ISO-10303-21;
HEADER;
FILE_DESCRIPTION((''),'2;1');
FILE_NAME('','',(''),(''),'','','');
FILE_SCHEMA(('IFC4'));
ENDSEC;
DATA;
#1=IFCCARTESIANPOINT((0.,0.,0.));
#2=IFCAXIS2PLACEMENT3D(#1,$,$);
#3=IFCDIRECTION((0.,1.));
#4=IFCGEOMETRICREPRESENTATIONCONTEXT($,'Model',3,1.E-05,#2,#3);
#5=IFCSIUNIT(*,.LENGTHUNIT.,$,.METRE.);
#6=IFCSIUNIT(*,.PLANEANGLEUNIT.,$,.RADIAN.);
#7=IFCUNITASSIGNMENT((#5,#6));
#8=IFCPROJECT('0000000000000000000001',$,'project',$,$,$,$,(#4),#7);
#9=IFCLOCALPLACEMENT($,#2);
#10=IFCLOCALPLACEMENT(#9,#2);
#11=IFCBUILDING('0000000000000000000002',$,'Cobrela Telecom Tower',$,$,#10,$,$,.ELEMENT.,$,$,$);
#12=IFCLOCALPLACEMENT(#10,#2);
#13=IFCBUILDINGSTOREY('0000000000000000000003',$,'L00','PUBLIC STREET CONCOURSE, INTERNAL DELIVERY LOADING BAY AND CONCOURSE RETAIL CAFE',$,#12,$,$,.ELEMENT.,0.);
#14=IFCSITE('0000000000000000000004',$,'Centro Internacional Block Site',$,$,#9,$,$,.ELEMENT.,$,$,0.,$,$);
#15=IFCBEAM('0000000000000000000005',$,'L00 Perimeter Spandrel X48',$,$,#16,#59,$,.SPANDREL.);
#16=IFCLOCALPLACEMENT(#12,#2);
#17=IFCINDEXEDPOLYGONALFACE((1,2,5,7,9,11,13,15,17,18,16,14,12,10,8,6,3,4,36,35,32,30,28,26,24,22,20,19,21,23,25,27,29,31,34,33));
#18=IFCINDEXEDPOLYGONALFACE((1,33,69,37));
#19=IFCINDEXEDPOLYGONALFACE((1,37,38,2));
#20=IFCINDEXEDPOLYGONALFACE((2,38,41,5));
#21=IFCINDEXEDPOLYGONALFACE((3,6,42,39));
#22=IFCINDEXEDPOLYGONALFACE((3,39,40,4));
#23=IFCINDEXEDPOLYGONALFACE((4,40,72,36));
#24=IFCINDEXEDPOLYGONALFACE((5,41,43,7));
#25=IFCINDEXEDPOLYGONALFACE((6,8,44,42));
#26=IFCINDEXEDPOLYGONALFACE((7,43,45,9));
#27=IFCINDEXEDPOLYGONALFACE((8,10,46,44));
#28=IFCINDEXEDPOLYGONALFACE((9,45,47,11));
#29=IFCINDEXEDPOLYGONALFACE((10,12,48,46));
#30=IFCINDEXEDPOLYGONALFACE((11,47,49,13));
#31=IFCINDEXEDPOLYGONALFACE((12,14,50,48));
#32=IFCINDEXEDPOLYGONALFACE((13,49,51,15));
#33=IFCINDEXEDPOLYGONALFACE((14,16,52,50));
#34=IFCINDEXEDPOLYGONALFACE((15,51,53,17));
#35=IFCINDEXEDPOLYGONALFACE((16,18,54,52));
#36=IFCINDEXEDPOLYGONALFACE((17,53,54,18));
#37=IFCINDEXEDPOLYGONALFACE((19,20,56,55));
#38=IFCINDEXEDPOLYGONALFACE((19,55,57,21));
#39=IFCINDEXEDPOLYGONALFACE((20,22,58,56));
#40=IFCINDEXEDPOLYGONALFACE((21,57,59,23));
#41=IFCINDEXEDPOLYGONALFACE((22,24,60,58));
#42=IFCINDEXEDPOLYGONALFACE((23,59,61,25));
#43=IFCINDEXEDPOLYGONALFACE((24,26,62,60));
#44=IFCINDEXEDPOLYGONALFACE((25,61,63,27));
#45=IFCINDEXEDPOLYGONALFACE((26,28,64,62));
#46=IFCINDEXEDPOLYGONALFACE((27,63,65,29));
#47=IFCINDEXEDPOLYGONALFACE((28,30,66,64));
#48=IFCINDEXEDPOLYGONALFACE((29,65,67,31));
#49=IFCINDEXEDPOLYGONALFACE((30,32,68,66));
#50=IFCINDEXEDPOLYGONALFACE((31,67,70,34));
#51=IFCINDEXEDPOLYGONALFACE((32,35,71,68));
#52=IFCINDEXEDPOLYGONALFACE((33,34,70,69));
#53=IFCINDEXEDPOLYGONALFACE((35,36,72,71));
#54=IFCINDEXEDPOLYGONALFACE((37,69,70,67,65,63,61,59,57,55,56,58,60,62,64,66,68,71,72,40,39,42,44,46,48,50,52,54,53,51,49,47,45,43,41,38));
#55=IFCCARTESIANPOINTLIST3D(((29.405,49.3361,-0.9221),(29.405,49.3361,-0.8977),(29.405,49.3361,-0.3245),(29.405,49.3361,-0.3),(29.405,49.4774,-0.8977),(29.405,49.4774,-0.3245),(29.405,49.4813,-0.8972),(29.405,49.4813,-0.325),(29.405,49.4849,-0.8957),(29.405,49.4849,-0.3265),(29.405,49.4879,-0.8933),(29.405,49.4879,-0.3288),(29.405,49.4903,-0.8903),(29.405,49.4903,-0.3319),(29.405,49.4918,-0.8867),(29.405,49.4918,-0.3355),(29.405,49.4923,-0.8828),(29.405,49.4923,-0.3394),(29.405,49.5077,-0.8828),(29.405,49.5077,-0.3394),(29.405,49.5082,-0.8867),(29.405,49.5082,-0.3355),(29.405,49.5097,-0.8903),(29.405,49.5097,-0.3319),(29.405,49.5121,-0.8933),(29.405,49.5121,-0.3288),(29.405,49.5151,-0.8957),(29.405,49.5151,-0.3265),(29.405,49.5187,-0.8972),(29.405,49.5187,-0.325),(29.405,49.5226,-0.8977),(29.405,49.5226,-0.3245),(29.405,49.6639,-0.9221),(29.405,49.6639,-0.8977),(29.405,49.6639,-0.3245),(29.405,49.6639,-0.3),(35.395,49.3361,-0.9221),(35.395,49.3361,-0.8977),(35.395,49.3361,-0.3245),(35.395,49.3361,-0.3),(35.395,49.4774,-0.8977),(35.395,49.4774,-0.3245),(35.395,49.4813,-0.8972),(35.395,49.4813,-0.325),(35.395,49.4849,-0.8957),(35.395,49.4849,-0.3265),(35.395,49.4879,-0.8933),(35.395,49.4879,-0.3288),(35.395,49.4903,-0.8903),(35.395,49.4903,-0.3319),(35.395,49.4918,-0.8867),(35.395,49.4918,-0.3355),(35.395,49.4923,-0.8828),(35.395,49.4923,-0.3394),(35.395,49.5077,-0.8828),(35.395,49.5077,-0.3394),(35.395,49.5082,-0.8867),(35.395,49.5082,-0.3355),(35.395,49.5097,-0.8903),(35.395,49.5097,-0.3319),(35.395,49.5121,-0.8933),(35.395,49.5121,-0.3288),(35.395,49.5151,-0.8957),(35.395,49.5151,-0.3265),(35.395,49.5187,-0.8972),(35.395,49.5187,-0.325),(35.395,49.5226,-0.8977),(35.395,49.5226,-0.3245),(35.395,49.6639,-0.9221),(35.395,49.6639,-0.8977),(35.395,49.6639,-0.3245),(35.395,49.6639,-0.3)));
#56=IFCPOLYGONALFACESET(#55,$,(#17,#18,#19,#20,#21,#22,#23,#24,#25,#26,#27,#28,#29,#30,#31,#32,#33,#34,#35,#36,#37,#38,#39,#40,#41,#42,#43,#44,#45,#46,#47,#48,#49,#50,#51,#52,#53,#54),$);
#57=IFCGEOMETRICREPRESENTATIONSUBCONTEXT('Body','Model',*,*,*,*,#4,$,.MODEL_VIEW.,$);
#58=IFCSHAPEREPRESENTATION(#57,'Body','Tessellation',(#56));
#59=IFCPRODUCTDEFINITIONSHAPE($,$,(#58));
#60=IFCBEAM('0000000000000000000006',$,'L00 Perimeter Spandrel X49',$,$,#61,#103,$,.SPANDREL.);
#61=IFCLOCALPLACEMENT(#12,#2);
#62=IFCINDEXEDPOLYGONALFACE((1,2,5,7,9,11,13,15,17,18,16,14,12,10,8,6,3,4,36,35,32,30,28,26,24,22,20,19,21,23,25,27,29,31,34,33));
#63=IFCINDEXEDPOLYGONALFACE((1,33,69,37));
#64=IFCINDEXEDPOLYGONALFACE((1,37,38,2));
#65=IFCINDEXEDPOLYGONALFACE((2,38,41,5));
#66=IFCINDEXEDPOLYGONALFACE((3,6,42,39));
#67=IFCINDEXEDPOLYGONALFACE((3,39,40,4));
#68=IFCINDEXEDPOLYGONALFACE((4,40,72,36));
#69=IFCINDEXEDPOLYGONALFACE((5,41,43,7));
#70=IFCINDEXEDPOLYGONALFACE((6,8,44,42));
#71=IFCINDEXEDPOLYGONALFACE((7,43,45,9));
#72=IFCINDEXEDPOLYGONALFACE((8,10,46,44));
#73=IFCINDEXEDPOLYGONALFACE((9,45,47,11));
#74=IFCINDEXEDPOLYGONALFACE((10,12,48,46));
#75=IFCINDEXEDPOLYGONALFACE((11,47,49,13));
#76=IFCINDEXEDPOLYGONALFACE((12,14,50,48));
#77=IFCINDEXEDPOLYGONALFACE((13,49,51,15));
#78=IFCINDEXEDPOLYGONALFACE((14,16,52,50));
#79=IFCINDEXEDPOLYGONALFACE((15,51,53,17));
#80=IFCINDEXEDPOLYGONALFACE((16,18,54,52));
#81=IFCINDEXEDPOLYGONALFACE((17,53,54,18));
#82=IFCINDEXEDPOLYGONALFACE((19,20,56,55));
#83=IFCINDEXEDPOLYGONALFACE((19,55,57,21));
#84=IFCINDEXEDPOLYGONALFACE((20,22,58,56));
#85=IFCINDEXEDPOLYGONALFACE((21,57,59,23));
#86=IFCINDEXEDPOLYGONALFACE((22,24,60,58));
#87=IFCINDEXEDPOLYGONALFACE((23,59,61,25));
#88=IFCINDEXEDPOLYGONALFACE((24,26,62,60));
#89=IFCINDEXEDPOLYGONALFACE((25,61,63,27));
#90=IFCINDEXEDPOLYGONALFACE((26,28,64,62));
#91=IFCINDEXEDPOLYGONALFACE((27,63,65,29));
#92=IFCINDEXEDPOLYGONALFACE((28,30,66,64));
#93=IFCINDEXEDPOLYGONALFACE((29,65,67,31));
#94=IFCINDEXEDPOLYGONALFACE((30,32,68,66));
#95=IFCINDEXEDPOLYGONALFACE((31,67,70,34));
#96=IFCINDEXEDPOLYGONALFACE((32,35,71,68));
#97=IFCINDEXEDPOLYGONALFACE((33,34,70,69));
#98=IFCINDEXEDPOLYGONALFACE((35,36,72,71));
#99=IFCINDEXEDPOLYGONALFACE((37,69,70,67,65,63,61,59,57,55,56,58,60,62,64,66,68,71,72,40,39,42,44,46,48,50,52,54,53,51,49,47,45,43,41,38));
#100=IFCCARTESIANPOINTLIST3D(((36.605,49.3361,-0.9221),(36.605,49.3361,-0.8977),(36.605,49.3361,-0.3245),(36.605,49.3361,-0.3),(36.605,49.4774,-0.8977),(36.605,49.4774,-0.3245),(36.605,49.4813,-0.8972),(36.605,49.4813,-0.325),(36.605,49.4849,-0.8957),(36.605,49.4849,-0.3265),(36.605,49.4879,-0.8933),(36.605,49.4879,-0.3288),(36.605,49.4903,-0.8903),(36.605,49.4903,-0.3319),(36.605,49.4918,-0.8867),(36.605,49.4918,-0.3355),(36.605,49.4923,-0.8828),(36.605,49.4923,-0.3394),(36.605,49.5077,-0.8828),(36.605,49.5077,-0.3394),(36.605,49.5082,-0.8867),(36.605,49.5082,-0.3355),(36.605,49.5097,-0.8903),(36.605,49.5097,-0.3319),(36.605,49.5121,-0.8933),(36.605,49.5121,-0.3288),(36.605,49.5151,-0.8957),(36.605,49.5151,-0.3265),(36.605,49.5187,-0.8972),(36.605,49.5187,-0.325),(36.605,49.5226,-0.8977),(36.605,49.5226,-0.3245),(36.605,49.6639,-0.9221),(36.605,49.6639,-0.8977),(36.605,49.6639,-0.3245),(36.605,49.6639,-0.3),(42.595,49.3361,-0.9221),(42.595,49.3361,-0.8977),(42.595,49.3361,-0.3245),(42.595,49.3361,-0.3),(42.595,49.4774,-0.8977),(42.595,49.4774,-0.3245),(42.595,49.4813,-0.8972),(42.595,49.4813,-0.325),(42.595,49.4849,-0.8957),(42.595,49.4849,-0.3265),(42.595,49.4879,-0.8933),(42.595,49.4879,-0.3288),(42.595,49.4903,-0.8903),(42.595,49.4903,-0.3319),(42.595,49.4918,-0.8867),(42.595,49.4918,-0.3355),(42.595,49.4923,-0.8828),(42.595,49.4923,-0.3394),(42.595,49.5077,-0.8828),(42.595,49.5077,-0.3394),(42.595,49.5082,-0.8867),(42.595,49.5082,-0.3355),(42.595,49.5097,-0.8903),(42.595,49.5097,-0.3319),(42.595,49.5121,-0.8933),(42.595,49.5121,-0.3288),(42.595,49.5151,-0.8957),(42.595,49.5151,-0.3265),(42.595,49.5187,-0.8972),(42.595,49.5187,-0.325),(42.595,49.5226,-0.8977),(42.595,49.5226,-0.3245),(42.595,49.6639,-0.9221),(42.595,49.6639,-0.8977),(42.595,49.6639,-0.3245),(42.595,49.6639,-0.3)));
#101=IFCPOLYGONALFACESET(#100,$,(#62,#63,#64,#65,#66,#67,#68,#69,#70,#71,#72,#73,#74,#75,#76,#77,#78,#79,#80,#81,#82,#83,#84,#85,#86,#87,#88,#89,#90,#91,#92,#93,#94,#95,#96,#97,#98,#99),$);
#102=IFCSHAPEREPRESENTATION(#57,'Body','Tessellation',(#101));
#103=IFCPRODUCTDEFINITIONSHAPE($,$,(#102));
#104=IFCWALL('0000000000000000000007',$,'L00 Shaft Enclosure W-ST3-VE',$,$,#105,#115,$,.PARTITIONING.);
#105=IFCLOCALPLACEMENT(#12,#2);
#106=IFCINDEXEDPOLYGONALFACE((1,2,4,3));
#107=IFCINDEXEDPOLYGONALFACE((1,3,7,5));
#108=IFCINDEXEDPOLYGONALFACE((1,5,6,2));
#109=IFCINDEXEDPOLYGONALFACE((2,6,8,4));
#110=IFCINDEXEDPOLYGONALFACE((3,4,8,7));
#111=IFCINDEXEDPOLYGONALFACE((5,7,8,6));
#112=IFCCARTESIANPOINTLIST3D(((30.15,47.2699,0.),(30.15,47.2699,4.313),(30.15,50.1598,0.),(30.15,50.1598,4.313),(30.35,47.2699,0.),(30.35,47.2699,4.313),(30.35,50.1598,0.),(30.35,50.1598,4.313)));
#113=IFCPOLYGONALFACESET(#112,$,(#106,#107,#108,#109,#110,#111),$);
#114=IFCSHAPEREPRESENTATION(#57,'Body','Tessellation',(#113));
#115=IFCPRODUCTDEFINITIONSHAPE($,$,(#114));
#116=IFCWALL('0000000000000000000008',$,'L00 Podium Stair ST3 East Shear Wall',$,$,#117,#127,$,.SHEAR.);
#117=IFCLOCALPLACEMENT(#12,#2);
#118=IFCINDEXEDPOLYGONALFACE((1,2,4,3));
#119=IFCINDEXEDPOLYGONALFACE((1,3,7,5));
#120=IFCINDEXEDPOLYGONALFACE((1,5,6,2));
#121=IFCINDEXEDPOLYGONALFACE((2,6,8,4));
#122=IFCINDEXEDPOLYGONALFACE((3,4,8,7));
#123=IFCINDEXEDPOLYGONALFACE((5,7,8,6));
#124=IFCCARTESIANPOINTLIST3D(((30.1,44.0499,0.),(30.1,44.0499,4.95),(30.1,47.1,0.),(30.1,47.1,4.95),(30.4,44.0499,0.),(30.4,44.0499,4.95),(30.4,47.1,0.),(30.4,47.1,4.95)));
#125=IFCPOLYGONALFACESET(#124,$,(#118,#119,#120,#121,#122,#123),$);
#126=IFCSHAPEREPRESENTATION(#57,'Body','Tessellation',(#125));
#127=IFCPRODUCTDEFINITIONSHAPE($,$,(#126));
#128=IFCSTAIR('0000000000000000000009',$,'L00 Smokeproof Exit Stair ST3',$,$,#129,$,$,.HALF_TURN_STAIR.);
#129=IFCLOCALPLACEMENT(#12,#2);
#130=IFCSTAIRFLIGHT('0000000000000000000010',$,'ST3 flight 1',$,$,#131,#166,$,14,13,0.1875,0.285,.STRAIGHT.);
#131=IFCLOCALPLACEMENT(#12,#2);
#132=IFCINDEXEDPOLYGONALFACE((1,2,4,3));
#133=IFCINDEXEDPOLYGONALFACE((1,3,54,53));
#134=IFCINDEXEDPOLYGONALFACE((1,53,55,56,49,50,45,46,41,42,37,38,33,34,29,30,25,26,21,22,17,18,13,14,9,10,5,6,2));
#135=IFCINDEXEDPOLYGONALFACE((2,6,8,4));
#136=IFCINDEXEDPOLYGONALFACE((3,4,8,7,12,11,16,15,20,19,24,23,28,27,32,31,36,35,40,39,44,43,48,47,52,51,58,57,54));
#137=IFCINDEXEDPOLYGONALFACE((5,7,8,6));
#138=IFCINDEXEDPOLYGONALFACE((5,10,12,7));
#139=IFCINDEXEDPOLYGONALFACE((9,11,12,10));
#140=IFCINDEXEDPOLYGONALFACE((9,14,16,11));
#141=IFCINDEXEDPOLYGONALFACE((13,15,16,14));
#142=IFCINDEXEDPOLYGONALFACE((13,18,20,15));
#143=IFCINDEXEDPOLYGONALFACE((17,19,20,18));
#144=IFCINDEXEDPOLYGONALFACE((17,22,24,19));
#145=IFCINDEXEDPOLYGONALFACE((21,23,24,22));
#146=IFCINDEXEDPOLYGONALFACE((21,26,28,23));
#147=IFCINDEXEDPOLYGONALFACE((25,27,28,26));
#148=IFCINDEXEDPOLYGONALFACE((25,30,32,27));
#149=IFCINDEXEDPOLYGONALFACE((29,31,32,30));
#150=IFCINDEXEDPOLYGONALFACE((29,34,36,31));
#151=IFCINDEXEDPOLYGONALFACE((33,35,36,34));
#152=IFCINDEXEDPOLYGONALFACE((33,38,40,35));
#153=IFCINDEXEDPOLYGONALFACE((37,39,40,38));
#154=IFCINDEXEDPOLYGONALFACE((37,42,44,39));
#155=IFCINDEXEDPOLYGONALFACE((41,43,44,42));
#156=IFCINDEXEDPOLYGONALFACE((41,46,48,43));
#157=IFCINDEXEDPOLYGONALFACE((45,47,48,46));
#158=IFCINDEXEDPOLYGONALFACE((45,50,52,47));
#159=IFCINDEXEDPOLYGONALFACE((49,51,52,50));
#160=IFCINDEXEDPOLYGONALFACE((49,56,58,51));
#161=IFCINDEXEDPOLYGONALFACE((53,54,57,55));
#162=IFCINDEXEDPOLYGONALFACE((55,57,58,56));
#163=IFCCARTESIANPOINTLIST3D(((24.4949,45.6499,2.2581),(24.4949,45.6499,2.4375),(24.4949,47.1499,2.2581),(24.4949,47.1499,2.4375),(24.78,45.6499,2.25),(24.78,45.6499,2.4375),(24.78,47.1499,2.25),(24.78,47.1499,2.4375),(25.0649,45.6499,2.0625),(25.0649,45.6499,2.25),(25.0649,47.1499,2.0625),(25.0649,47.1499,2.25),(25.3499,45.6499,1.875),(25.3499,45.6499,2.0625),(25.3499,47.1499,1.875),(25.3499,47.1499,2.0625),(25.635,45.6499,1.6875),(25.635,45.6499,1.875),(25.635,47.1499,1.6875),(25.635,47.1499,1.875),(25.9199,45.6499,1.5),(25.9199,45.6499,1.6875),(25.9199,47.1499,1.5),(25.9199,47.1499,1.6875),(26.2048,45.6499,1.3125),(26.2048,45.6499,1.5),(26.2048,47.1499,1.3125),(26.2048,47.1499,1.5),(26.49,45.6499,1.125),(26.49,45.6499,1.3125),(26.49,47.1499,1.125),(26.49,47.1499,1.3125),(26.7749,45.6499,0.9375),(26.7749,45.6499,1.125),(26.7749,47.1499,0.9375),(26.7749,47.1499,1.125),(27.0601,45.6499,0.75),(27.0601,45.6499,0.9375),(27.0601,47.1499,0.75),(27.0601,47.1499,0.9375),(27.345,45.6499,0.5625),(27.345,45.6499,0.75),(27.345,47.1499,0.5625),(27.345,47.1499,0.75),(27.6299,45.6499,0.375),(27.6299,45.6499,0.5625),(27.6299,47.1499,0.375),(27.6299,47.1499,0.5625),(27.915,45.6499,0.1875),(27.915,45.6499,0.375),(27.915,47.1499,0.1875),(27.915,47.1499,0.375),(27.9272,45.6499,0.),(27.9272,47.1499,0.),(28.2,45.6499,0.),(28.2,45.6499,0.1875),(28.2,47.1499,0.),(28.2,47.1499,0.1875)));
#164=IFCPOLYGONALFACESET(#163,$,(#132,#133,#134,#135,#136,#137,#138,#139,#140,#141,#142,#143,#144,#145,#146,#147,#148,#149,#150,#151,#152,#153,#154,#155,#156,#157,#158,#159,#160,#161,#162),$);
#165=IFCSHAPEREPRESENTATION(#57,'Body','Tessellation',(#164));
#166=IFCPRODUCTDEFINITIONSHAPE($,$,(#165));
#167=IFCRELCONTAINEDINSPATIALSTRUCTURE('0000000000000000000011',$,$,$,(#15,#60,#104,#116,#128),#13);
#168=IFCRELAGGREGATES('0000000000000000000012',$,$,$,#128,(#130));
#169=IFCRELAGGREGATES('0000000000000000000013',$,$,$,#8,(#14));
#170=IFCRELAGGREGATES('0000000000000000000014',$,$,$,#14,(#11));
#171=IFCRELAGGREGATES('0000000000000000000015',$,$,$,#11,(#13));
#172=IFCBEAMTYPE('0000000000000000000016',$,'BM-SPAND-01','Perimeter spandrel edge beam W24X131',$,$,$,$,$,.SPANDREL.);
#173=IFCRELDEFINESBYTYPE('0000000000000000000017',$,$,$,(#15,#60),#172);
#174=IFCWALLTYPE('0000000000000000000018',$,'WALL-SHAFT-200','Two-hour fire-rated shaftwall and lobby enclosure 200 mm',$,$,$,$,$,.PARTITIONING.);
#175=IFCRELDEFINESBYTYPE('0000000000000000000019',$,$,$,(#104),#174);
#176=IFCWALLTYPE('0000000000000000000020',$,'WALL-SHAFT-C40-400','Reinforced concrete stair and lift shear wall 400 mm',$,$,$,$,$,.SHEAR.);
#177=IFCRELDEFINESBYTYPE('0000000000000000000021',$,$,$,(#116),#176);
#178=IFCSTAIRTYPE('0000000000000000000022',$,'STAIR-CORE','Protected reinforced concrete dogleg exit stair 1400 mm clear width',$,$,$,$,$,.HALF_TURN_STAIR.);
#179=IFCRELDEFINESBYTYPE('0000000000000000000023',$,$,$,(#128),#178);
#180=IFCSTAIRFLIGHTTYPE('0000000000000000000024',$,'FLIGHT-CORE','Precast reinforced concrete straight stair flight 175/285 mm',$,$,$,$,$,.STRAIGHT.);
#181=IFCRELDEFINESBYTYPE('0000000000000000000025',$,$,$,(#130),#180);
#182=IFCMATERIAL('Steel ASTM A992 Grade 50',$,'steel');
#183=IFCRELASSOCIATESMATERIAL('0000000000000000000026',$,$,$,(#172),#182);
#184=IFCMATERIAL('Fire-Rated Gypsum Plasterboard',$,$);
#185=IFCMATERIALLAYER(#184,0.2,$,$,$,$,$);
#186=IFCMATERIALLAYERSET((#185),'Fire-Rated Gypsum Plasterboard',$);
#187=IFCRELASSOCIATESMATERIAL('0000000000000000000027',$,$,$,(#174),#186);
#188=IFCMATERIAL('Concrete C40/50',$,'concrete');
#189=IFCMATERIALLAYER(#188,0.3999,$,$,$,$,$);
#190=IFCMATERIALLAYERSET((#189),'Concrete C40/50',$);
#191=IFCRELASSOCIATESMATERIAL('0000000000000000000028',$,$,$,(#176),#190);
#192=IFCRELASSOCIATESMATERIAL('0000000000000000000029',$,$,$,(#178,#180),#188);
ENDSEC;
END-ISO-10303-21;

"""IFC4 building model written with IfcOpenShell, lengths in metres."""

from ifc_helpers import new_model, si_unit, direction, frame, frame_2d, origin, origin_2d, place, context, subcontext, project, spatial, polyline, rectangle, i_section, outline, extrude, material, layer, layer_set, material_profile, profile_set, type_object, element, aggregate, save


model = new_model("IFC4")

# Units and contexts
model_context = context("Model", 3, precision=1e-05, world=origin(), true_north=direction((0.0, 1.0)))
body_context = subcontext(model_context, "Body", "Model", "MODEL_VIEW")
ifc_project = project(units=[si_unit("LENGTHUNIT", "METRE"), si_unit("PLANEANGLEUNIT", "RADIAN")], contexts=[model_context])

# Site, building, storey
site_placement = place(None, origin())
site = spatial("IfcSite", under=ifc_project, at=site_placement, Name="Centro Internacional Block Site", CompositionType="ELEMENT", RefElevation=0.0)
building_placement = place(site_placement, origin())
building = spatial("IfcBuilding", under=site, at=building_placement, Name="Cobrela Telecom Tower", CompositionType="ELEMENT")
storey_placement = place(building_placement, origin())
storey = spatial("IfcBuildingStorey", under=building, at=storey_placement, Name="L00", Description="PUBLIC STREET CONCOURSE, INTERNAL DELIVERY LOADING BAY AND CONCOURSE RETAIL CAFE", CompositionType="ELEMENT", Elevation=0.0)

# Shared definitions
ifc_material_1 = material(Name="Concrete C40/50", Category="concrete")

# Beams
ifc_material_2 = material(Name="Steel ASTM A992 Grade 50", Category="steel")
ifc_material_profile_1 = material_profile(ifc_material_2, i_section(OverallWidth=0.3279, OverallDepth=0.6221, WebThickness=0.0154, FlangeThickness=0.0244, FilletRadius=0.0149, at=origin_2d()), Name="W24X131")
ifc_profile_set_1 = profile_set([ifc_material_profile_1], Name="Steel ASTM A992 Grade 50")
beam_type_1 = type_object("IfcBeamType", Name="BM-SPAND-01", Description="Perimeter spandrel edge beam W24X131", PredefinedType="SPANDREL", material=ifc_profile_set_1)
for number, where, z_axis, x_axis, name in (
    (1, (29.405, 49.5, -0.6111), (1.0, 0.0, 0.0), (0.0, 1.0, 0.0), "L00 Perimeter Spandrel X48"),
    (2, (36.605, 49.5, -0.6111), (1.0, 0.0, 0.0), (0.0, 1.0, 0.0), "L00 Perimeter Spandrel X49"),
):
    element("IfcBeam", number, at=place(storey_placement, frame(where, z_axis=z_axis, x_axis=x_axis)), inside=storey, type_object=beam_type_1, Name=name, PredefinedType="SPANDREL", context=body_context, shape_type="SweptSolid", body=[
        extrude(i_section(OverallWidth=0.3279, OverallDepth=0.6221, WebThickness=0.0154, FlangeThickness=0.0244, FilletRadius=0.0149, at=origin_2d()), origin(), (0.0, 0.0, 1.0), 5.99),
    ])

# Walls
ifc_material_3 = material(Name="Fire-Rated Gypsum Plasterboard")
ifc_layer_1 = layer(ifc_material_3, 0.2)
ifc_layer_set_1 = layer_set([ifc_layer_1], Name="Fire-Rated Gypsum Plasterboard")
wall_type_1 = type_object("IfcWallType", Name="WALL-SHAFT-200", Description="Two-hour fire-rated shaftwall and lobby enclosure 200 mm", PredefinedType="PARTITIONING", material=ifc_layer_set_1)
wall_1_placement = place(storey_placement, frame((30.25, 47.27, 0.0), z_axis=(0.0, 0.0, 1.0), x_axis=(0.0, 1.0, 0.0)))
element("IfcWall", 3, at=wall_1_placement, inside=storey, type_object=wall_type_1, Name="L00 Shaft Enclosure W-ST3-VE", PredefinedType="PARTITIONING", context=body_context, shape_type="SweptSolid", body=[
    extrude(rectangle(XDim=2.8899, YDim=0.2, at=frame_2d((1.4448, 0.0))), origin(), (0.0, 0.0, 1.0), 4.313),
])
ifc_layer_2 = layer(ifc_material_1, 0.3999)
ifc_layer_set_2 = layer_set([ifc_layer_2], Name="Concrete C40/50")
wall_type_2 = type_object("IfcWallType", Name="WALL-SHAFT-C40-400", Description="Reinforced concrete stair and lift shear wall 400 mm", PredefinedType="SHEAR", material=ifc_layer_set_2)
wall_2_placement = place(storey_placement, frame((30.25, 44.05, 0.0), z_axis=(0.0, 0.0, 1.0), x_axis=(0.0, 1.0, 0.0)))
element("IfcWall", 4, at=wall_2_placement, inside=storey, type_object=wall_type_2, Name="L00 Podium Stair ST3 East Shear Wall", PredefinedType="SHEAR", context=body_context, shape_type="SweptSolid", body=[
    extrude(rectangle(XDim=3.05, YDim=0.3, at=frame_2d((1.5249, 0.0))), origin(), (0.0, 0.0, 1.0), 4.95),
])

# Stair, stair flight
stair_type = type_object("IfcStairType", Name="STAIR-CORE", Description="Protected reinforced concrete dogleg exit stair 1400 mm clear width", PredefinedType="HALF_TURN_STAIR", material=ifc_material_1)
stair_placement = place(storey_placement, origin())
stair = element("IfcStair", 5, at=stair_placement, inside=storey, type_object=stair_type, Name="L00 Smokeproof Exit Stair ST3", PredefinedType="HALF_TURN_STAIR")
stair_flight_type = type_object("IfcStairFlightType", Name="FLIGHT-CORE", Description="Precast reinforced concrete straight stair flight 175/285 mm", PredefinedType="STRAIGHT", material=ifc_material_1)
stair_flight_placement = place(storey_placement, frame((28.2, 46.3999, 0.0), z_axis=(0.0, 0.0, 1.0), x_axis=(-1.0, 0.0, 0.0)))
stair_flight = element("IfcStairFlight", 6, at=stair_flight_placement, type_object=stair_flight_type, Name="ST3 flight 1", NumberOfRisers=14, NumberOfTreads=13, PredefinedType="STRAIGHT", RiserHeight=0.1875, TreadLength=0.285, context=body_context, shape_type="SweptSolid", body=[
    extrude(outline(polyline([(0.0, 0.0), (0.0, 0.1875), (0.2849, 0.1875), (0.2849, 0.375), (0.5701, 0.375), (0.5701, 0.5625), (0.855, 0.5625), (0.855, 0.75), (1.1399, 0.75), (1.1399, 0.9375), (1.425, 0.9375), (1.425, 1.125), (1.71, 1.125), (1.71, 1.3125), (1.9951, 1.3125), (1.9951, 1.5), (2.28, 1.5), (2.28, 1.6875), (2.5649, 1.6875), (2.5649, 1.875), (2.8501, 1.875), (2.8501, 2.0625), (3.135, 2.0625), (3.135, 2.25), (3.4199, 2.25), (3.4199, 2.4375), (3.7051, 2.4375), (3.7051, 2.625), (3.7051, 2.2581), (0.2727, 0.0), (0.0, 0.0)])), frame((0.0, 0.75, 0.0), z_axis=(0.0, -1.0, 0.0), x_axis=(1.0, 0.0, 0.0)), (0.0, 0.0, 1.0), 1.5),
])
aggregate(stair, [stair_flight])

save(model, "model.ifc")
